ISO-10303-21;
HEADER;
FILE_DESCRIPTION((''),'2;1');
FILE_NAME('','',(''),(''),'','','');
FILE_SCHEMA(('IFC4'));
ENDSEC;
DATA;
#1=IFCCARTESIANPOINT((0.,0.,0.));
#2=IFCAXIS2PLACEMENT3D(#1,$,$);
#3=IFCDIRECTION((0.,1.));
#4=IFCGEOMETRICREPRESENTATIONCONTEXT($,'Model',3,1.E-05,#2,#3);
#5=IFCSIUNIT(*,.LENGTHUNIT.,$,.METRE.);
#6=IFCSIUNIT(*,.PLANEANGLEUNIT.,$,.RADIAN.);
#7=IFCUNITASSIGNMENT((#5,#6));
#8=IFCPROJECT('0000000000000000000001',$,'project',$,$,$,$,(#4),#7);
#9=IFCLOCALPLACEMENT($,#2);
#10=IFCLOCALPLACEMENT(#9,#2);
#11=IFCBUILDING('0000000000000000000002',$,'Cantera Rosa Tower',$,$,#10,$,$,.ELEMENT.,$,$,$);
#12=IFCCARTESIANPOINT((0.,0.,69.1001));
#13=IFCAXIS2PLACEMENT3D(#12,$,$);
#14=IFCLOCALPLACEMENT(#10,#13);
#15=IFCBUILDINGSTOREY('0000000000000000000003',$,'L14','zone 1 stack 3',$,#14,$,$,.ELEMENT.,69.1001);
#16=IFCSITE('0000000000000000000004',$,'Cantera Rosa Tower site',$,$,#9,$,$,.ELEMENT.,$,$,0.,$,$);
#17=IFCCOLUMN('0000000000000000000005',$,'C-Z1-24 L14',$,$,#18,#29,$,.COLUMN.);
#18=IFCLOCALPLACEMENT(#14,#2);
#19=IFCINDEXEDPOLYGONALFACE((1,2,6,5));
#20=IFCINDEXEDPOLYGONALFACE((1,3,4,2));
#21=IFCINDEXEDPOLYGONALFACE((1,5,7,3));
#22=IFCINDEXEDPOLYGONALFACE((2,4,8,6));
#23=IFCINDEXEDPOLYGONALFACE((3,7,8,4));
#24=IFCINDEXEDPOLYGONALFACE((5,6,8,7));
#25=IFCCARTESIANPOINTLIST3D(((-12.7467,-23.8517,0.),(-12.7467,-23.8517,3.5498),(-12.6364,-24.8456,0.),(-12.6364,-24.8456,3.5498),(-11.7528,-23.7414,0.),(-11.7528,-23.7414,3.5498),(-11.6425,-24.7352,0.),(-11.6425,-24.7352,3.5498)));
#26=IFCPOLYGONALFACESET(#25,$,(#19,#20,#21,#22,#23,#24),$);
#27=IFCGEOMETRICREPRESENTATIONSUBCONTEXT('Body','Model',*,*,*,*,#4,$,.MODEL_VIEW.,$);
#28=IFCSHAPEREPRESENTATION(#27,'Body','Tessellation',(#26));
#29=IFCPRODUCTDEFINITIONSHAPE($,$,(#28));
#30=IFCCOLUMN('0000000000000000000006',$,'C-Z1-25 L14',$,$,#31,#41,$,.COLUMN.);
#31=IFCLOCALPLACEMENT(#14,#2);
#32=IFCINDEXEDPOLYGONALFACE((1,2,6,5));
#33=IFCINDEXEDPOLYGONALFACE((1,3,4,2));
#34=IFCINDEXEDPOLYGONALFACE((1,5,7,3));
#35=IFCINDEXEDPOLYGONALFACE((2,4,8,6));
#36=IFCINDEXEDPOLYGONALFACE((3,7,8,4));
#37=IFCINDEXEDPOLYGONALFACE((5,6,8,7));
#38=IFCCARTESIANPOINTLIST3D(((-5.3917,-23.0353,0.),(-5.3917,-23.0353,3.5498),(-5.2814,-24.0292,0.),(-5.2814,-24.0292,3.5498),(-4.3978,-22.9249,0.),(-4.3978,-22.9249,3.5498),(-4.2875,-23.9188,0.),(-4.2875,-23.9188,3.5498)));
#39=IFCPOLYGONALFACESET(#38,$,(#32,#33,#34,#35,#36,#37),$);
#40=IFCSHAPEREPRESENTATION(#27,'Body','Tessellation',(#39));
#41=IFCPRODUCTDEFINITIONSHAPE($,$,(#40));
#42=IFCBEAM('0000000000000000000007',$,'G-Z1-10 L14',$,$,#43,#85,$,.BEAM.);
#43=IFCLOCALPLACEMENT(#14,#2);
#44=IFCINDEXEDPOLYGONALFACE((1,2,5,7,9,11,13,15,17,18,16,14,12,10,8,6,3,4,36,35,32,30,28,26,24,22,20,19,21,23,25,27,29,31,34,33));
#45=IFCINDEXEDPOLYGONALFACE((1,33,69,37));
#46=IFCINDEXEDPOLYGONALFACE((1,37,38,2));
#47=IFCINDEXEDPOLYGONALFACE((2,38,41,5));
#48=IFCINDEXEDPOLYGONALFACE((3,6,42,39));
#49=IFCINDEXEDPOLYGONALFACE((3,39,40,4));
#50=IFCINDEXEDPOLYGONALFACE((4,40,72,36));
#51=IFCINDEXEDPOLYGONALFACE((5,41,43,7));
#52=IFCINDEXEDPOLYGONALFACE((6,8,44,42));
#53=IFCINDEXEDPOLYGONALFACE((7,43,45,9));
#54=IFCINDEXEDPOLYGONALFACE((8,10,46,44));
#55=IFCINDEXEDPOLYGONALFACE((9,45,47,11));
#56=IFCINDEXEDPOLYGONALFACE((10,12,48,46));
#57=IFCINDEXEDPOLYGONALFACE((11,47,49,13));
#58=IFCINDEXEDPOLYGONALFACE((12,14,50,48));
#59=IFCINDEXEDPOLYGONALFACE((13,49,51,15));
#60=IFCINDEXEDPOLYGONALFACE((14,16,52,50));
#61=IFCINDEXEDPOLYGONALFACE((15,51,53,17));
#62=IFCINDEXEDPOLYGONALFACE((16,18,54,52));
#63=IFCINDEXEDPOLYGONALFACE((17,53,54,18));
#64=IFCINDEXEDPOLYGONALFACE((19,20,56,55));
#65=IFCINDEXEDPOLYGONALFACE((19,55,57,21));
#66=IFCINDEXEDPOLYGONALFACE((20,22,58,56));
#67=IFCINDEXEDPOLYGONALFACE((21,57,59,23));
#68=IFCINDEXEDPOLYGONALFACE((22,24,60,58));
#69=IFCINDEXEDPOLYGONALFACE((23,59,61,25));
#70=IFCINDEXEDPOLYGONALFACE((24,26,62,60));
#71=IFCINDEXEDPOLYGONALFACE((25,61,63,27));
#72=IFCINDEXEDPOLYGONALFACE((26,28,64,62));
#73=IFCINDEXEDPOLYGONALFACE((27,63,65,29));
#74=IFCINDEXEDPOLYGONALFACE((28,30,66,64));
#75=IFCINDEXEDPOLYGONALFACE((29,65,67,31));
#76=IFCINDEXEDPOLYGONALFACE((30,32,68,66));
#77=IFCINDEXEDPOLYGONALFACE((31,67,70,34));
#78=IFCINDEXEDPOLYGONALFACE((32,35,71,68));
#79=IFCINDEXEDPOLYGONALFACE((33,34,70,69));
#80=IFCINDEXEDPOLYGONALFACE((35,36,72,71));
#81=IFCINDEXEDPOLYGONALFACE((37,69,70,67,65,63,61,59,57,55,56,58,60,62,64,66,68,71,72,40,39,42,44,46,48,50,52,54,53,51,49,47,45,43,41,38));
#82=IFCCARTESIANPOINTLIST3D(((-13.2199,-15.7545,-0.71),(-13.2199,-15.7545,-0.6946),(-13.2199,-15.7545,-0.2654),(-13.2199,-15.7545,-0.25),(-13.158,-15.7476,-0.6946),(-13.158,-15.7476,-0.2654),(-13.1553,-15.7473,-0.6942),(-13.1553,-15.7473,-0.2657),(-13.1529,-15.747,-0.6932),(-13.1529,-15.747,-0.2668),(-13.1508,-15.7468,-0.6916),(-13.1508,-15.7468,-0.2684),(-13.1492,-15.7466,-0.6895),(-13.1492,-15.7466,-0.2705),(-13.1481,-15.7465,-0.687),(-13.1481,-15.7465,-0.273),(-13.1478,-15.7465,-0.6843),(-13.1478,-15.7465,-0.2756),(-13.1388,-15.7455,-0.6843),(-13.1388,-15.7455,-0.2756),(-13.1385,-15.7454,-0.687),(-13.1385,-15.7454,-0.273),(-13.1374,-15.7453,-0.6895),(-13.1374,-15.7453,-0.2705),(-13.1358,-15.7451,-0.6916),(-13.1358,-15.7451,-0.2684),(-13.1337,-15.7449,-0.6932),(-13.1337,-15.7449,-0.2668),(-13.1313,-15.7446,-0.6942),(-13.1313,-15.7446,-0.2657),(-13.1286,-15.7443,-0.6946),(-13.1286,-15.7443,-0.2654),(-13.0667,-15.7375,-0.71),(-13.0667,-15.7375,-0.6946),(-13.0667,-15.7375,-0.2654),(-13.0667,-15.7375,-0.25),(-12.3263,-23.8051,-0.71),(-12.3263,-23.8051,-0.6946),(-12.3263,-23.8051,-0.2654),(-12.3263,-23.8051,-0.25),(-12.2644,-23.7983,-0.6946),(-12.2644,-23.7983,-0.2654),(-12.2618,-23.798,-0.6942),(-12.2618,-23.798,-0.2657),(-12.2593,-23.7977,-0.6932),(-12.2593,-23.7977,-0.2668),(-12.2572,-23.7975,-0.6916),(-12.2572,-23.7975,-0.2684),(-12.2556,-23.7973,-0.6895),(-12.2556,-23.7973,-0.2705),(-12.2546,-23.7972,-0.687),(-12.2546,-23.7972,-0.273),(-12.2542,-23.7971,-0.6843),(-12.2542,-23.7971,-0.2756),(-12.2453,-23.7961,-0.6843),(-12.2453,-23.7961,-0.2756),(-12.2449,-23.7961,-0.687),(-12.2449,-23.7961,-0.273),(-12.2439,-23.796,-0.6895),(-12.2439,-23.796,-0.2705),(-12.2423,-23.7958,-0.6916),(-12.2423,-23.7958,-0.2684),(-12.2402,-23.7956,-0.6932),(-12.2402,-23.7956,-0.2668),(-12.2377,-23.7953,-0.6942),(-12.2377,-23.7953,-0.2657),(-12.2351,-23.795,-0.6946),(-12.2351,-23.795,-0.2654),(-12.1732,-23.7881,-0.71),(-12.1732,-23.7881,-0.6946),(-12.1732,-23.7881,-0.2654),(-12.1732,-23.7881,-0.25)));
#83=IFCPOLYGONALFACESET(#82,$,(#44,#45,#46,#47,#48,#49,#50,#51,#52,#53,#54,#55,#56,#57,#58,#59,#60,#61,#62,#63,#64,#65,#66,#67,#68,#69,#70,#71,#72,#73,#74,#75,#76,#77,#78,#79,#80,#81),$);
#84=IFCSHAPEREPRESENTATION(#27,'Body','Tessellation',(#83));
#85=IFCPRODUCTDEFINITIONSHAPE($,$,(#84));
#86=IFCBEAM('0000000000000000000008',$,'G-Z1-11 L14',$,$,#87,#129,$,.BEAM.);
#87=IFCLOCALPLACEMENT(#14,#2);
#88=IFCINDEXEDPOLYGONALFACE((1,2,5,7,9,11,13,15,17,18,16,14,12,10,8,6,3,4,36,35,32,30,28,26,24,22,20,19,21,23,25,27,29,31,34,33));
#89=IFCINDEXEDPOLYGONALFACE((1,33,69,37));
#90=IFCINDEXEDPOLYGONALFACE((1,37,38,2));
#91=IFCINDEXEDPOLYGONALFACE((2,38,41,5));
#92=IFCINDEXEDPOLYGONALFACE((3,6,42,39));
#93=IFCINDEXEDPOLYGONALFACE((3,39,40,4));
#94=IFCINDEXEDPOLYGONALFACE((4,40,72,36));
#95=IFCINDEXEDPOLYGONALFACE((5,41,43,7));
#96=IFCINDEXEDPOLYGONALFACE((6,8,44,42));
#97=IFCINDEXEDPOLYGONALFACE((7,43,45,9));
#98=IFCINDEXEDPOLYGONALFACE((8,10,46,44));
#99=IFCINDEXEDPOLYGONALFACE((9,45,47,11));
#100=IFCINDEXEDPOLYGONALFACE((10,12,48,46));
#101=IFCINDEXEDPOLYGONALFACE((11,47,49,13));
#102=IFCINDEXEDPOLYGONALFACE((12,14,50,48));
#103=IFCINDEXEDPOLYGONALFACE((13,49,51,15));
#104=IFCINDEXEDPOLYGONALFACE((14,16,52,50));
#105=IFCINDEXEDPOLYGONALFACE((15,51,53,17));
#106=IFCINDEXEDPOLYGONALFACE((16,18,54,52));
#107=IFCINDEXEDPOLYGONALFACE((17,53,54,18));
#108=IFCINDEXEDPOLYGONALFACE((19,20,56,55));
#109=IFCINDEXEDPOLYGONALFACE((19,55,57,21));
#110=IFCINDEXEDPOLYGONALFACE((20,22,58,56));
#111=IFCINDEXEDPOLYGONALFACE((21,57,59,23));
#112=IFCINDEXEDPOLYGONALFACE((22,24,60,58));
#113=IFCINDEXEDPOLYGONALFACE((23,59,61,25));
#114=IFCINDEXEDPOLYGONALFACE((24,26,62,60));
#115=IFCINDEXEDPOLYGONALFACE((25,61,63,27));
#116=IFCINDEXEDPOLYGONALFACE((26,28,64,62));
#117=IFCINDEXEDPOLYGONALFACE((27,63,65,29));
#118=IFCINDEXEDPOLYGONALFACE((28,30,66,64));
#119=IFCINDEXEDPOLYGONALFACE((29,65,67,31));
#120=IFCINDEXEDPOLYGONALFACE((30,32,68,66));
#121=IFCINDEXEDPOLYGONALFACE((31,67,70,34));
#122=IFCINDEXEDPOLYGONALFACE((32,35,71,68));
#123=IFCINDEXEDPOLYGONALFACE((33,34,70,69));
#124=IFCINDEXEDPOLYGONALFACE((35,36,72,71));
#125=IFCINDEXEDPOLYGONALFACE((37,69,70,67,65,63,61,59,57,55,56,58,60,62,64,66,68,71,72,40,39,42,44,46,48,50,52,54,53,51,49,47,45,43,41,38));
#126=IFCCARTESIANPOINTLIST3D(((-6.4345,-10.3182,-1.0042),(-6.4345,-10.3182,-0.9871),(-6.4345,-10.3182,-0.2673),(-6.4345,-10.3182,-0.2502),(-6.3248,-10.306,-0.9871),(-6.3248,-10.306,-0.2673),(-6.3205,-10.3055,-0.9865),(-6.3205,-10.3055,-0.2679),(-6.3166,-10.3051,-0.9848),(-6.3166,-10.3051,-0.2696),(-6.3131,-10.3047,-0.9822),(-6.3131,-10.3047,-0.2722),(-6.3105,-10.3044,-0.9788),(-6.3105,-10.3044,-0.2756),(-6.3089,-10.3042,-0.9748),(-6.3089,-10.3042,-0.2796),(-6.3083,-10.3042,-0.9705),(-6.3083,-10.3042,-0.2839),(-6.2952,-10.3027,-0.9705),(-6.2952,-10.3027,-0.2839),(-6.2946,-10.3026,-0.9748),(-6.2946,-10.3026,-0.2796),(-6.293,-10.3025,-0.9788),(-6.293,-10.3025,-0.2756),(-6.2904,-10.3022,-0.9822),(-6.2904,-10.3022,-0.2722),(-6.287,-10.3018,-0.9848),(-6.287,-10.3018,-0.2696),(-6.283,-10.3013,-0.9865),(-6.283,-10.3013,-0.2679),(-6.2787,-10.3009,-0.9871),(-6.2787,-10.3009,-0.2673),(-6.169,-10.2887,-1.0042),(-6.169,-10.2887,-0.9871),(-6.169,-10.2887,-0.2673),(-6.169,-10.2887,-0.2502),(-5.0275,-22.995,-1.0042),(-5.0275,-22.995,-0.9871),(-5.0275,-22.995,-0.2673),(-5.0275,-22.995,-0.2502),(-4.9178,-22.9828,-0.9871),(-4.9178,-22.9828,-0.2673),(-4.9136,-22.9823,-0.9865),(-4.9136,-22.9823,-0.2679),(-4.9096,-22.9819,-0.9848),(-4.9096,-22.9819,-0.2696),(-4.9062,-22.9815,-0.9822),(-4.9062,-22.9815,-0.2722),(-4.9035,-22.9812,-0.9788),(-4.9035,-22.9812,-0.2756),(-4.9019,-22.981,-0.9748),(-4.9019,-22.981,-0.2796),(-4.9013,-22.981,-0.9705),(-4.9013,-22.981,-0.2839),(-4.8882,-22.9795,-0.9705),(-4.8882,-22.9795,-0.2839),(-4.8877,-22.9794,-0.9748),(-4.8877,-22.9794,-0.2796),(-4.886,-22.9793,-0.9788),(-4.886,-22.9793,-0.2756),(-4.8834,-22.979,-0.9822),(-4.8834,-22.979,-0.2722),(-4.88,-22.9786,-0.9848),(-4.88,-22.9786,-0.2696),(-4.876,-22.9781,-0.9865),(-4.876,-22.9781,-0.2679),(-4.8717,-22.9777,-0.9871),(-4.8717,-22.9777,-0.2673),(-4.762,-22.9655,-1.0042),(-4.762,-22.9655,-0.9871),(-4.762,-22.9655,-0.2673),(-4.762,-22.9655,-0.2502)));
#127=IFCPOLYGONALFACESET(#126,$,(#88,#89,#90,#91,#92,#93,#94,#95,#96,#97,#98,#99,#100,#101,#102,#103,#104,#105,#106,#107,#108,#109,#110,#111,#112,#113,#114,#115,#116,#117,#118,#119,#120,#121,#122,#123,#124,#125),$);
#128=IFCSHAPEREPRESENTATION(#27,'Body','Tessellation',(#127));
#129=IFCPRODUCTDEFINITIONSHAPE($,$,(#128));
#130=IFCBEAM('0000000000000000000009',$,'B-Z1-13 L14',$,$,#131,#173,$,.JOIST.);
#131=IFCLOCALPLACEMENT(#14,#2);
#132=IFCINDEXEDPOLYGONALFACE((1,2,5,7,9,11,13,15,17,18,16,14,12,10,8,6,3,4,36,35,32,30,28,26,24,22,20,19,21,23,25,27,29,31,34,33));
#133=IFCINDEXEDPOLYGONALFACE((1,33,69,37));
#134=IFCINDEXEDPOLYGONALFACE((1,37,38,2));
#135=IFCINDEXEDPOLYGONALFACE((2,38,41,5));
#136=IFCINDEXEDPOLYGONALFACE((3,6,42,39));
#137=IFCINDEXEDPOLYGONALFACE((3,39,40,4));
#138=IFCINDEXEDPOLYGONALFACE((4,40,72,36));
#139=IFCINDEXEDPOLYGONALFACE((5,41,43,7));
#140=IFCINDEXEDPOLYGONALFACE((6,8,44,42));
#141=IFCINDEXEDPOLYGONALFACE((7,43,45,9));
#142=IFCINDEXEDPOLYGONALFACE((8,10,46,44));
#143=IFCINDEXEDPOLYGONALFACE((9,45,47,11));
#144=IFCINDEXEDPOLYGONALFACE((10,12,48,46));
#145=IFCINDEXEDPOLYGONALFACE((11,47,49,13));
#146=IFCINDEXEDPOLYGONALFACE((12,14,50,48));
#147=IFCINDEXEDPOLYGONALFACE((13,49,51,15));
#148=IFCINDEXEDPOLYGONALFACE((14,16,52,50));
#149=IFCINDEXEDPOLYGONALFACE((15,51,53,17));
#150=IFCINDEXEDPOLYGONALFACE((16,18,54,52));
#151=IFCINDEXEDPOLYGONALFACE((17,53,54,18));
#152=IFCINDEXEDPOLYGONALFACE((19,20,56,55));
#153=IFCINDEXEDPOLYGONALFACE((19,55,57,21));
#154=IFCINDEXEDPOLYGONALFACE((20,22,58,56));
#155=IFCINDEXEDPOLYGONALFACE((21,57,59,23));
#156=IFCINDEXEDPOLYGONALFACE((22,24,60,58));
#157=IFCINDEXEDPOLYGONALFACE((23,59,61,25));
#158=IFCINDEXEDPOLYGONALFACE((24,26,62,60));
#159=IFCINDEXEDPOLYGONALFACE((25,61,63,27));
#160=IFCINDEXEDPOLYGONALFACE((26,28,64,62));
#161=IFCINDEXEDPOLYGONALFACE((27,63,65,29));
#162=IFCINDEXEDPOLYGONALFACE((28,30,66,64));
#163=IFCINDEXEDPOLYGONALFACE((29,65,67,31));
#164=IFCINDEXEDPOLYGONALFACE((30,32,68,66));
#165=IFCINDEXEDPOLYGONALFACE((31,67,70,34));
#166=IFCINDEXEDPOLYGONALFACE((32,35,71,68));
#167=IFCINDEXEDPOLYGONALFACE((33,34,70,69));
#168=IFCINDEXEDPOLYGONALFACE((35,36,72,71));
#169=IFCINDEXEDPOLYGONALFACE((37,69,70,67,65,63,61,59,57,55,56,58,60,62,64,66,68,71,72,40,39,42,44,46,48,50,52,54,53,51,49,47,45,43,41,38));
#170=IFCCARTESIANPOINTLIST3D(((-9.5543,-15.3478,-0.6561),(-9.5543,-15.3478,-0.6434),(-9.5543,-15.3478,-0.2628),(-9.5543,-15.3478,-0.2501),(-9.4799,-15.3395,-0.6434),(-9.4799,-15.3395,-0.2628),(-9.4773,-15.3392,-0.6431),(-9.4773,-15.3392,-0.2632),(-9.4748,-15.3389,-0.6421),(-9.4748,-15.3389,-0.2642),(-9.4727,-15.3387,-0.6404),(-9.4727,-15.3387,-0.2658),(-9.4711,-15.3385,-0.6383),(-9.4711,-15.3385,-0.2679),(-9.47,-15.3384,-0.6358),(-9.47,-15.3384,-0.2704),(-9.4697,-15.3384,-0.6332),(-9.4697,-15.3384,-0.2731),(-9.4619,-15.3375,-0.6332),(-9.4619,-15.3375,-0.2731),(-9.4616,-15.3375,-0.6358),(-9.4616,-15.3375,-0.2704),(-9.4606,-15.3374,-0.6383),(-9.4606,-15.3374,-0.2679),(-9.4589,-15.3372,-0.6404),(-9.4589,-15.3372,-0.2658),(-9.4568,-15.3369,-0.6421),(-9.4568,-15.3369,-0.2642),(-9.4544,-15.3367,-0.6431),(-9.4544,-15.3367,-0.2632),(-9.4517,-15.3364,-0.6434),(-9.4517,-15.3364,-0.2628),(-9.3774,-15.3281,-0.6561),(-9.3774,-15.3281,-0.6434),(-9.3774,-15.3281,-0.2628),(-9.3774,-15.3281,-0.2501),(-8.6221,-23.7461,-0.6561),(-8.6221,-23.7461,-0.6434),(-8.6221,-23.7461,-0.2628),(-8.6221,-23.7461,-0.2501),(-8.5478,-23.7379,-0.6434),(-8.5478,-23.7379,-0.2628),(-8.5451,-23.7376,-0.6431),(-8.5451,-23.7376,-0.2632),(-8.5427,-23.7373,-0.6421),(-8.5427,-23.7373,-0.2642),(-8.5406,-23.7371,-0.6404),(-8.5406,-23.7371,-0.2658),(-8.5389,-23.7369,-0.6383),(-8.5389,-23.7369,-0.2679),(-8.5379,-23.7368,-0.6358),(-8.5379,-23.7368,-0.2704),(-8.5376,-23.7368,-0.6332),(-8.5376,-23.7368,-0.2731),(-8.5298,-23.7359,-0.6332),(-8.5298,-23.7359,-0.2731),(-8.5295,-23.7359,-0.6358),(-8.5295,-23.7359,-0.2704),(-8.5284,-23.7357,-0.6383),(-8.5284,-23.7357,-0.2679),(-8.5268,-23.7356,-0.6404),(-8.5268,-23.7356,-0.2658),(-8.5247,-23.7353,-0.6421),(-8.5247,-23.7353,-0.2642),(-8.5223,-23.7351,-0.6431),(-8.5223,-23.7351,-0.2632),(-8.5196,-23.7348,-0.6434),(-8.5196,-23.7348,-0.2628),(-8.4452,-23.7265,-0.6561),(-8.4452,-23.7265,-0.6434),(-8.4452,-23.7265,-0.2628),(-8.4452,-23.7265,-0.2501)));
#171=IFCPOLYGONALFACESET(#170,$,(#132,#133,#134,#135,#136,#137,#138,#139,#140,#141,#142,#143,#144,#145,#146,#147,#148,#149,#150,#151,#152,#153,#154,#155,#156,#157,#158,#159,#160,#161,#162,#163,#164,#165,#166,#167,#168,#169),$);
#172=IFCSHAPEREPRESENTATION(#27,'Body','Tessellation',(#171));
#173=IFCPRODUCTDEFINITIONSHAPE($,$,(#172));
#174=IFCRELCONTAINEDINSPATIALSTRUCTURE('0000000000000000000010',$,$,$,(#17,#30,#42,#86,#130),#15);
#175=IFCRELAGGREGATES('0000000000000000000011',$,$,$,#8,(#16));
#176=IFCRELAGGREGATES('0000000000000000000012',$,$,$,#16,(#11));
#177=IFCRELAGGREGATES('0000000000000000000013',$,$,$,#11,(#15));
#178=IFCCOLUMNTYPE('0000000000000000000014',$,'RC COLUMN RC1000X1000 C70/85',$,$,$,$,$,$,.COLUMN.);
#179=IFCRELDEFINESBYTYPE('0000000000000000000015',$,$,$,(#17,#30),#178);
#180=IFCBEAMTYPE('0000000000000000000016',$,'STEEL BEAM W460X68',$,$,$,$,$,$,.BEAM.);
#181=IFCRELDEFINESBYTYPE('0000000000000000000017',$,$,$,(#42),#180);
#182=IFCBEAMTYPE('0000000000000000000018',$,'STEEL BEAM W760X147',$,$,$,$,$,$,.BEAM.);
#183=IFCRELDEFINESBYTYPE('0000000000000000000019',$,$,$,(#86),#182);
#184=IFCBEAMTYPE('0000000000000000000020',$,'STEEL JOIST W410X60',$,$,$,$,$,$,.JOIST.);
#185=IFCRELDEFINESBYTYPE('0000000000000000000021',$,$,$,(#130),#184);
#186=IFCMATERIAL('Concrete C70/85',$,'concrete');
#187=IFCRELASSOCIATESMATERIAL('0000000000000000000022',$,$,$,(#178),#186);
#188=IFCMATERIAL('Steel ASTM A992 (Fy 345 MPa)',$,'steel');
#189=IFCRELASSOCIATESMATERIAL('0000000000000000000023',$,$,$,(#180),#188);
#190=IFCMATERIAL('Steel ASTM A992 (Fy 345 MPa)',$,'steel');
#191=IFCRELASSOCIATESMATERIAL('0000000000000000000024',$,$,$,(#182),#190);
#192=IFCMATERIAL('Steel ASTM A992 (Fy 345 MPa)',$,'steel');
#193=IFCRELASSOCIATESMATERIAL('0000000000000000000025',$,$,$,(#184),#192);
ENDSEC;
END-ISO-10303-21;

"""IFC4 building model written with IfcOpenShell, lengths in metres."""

from ifc_helpers import new_model, si_unit, direction, frame, origin, origin_2d, place, context, subcontext, project, spatial, rectangle, i_section, extrude, material, material_profile, profile_set, type_object, element, save


model = new_model("IFC4")

# Units and contexts
model_context = context("Model", 3, precision=1e-05, world=origin(), true_north=direction((0.0, 1.0)))
body_context = subcontext(model_context, "Body", "Model", "MODEL_VIEW")
ifc_project = project(units=[si_unit("LENGTHUNIT", "METRE"), si_unit("PLANEANGLEUNIT", "RADIAN")], contexts=[model_context])

# Site, building, storey
site_placement = place(None, origin())
site = spatial("IfcSite", under=ifc_project, at=site_placement, Name="Cantera Rosa Tower site", CompositionType="ELEMENT", RefElevation=0.0)
building_placement = place(site_placement, origin())
building = spatial("IfcBuilding", under=site, at=building_placement, Name="Cantera Rosa Tower", CompositionType="ELEMENT")
storey_placement = place(building_placement, frame((0.0, 0.0, 69.1001)))
storey = spatial("IfcBuildingStorey", under=building, at=storey_placement, Name="L14", Description="zone 1 stack 3", CompositionType="ELEMENT", Elevation=69.1001)

# Columns
ifc_material_1 = material(Name="Concrete C70/85", Category="concrete")
ifc_material_profile_1 = material_profile(ifc_material_1, rectangle(XDim=1.0, YDim=1.0, at=origin_2d()), Name="RC COLUMN RC1000X1000 C70/85")
ifc_profile_set_1 = profile_set([ifc_material_profile_1], Name="Concrete C70/85")
column_type = type_object("IfcColumnType", Name="RC COLUMN RC1000X1000 C70/85", PredefinedType="COLUMN", material=ifc_profile_set_1)
for number, where, z_axis, x_axis, name in (
    (1, (-12.1946, -24.2935, 0.0), (0.0, 0.0, 1.0), (0.993897, 0.110313, 0.0), "C-Z1-24 L14"),
    (2, (-4.8396, -23.4771, 0.0), (0.0, 0.0, 1.0), (0.993897, 0.110313, 0.0), "C-Z1-25 L14"),
):
    element("IfcColumn", number, at=place(storey_placement, frame(where, z_axis=z_axis, x_axis=x_axis)), inside=storey, type_object=column_type, Name=name, PredefinedType="COLUMN", context=body_context, shape_type="SweptSolid", body=[
        extrude(rectangle(XDim=1.0, YDim=1.0, at=origin_2d()), origin(), (0.0, 0.0, 1.0), 3.5498),
    ])

# Beams
ifc_material_2 = material(Name="Steel ASTM A992 (Fy 345 MPa)", Category="steel")
ifc_material_profile_2 = material_profile(ifc_material_2, i_section(OverallWidth=0.1541, OverallDepth=0.46, WebThickness=0.009, FlangeThickness=0.0154, FilletRadius=0.0103, at=origin_2d()), Name="W460X68")
ifc_profile_set_2 = profile_set([ifc_material_profile_2], Name="Steel ASTM A992 (Fy 345 MPa)")
beam_type_1 = type_object("IfcBeamType", Name="STEEL BEAM W460X68", PredefinedType="BEAM", material=ifc_profile_set_2)
beam_1_placement = place(storey_placement, frame((-12.2498, -23.7966, -0.48), z_axis=(-0.110312, 0.993897, 0.0), x_axis=(-0.993897, -0.110312, 0.0)))
element("IfcBeam", 3, at=beam_1_placement, inside=storey, type_object=beam_type_1, Name="G-Z1-10 L14", PredefinedType="BEAM", context=body_context, shape_type="SweptSolid", body=[
    extrude(i_section(OverallWidth=0.1541, OverallDepth=0.46, WebThickness=0.009, FlangeThickness=0.0154, FilletRadius=0.0103, at=origin_2d()), origin(), (0.0, 0.0, 1.0), 8.1001),
])
ifc_material_3 = material(Name="Steel ASTM A992 (Fy 345 MPa)", Category="steel")
ifc_material_profile_3 = material_profile(ifc_material_3, i_section(OverallWidth=0.2671, OverallDepth=0.7539, WebThickness=0.0132, FlangeThickness=0.0171, FilletRadius=0.0166, at=origin_2d()), Name="W760X147")
ifc_profile_set_3 = profile_set([ifc_material_profile_3], Name="Steel ASTM A992 (Fy 345 MPa)")
beam_type_2 = type_object("IfcBeamType", Name="STEEL BEAM W760X147", PredefinedType="BEAM", material=ifc_profile_set_3)
beam_2_placement = place(storey_placement, frame((-4.8948, -22.9802, -0.6272), z_axis=(-0.110312, 0.993897, 0.0), x_axis=(-0.993897, -0.110312, 0.0)))
element("IfcBeam", 4, at=beam_2_placement, inside=storey, type_object=beam_type_2, Name="G-Z1-11 L14", PredefinedType="BEAM", context=body_context, shape_type="SweptSolid", body=[
    extrude(i_section(OverallWidth=0.2671, OverallDepth=0.7539, WebThickness=0.0132, FlangeThickness=0.0171, FilletRadius=0.0166, at=origin_2d()), origin(), (0.0, 0.0, 1.0), 12.7546),
])
ifc_material_4 = material(Name="Steel ASTM A992 (Fy 345 MPa)", Category="steel")
ifc_material_profile_4 = material_profile(ifc_material_4, i_section(OverallWidth=0.178, OverallDepth=0.406, WebThickness=0.0078, FlangeThickness=0.0127, FilletRadius=0.0103, at=origin_2d()), Name="W410X60")
ifc_profile_set_4 = profile_set([ifc_material_profile_4], Name="Steel ASTM A992 (Fy 345 MPa)")
beam_type_3 = type_object("IfcBeamType", Name="STEEL JOIST W410X60", PredefinedType="JOIST", material=ifc_profile_set_4)
beam_3_placement = place(storey_placement, frame((-8.5337, -23.7363, -0.4531), z_axis=(-0.110311, 0.993897, 0.0), x_axis=(-0.993897, -0.110311, 0.0)))
element("IfcBeam", 5, at=beam_3_placement, inside=storey, type_object=beam_type_3, Name="B-Z1-13 L14", PredefinedType="JOIST", context=body_context, shape_type="SweptSolid", body=[
    extrude(i_section(OverallWidth=0.178, OverallDepth=0.406, WebThickness=0.0078, FlangeThickness=0.0127, FilletRadius=0.0103, at=origin_2d()), origin(), (0.0, 0.0, 1.0), 8.45),
])

save(model, "model.ifc")
